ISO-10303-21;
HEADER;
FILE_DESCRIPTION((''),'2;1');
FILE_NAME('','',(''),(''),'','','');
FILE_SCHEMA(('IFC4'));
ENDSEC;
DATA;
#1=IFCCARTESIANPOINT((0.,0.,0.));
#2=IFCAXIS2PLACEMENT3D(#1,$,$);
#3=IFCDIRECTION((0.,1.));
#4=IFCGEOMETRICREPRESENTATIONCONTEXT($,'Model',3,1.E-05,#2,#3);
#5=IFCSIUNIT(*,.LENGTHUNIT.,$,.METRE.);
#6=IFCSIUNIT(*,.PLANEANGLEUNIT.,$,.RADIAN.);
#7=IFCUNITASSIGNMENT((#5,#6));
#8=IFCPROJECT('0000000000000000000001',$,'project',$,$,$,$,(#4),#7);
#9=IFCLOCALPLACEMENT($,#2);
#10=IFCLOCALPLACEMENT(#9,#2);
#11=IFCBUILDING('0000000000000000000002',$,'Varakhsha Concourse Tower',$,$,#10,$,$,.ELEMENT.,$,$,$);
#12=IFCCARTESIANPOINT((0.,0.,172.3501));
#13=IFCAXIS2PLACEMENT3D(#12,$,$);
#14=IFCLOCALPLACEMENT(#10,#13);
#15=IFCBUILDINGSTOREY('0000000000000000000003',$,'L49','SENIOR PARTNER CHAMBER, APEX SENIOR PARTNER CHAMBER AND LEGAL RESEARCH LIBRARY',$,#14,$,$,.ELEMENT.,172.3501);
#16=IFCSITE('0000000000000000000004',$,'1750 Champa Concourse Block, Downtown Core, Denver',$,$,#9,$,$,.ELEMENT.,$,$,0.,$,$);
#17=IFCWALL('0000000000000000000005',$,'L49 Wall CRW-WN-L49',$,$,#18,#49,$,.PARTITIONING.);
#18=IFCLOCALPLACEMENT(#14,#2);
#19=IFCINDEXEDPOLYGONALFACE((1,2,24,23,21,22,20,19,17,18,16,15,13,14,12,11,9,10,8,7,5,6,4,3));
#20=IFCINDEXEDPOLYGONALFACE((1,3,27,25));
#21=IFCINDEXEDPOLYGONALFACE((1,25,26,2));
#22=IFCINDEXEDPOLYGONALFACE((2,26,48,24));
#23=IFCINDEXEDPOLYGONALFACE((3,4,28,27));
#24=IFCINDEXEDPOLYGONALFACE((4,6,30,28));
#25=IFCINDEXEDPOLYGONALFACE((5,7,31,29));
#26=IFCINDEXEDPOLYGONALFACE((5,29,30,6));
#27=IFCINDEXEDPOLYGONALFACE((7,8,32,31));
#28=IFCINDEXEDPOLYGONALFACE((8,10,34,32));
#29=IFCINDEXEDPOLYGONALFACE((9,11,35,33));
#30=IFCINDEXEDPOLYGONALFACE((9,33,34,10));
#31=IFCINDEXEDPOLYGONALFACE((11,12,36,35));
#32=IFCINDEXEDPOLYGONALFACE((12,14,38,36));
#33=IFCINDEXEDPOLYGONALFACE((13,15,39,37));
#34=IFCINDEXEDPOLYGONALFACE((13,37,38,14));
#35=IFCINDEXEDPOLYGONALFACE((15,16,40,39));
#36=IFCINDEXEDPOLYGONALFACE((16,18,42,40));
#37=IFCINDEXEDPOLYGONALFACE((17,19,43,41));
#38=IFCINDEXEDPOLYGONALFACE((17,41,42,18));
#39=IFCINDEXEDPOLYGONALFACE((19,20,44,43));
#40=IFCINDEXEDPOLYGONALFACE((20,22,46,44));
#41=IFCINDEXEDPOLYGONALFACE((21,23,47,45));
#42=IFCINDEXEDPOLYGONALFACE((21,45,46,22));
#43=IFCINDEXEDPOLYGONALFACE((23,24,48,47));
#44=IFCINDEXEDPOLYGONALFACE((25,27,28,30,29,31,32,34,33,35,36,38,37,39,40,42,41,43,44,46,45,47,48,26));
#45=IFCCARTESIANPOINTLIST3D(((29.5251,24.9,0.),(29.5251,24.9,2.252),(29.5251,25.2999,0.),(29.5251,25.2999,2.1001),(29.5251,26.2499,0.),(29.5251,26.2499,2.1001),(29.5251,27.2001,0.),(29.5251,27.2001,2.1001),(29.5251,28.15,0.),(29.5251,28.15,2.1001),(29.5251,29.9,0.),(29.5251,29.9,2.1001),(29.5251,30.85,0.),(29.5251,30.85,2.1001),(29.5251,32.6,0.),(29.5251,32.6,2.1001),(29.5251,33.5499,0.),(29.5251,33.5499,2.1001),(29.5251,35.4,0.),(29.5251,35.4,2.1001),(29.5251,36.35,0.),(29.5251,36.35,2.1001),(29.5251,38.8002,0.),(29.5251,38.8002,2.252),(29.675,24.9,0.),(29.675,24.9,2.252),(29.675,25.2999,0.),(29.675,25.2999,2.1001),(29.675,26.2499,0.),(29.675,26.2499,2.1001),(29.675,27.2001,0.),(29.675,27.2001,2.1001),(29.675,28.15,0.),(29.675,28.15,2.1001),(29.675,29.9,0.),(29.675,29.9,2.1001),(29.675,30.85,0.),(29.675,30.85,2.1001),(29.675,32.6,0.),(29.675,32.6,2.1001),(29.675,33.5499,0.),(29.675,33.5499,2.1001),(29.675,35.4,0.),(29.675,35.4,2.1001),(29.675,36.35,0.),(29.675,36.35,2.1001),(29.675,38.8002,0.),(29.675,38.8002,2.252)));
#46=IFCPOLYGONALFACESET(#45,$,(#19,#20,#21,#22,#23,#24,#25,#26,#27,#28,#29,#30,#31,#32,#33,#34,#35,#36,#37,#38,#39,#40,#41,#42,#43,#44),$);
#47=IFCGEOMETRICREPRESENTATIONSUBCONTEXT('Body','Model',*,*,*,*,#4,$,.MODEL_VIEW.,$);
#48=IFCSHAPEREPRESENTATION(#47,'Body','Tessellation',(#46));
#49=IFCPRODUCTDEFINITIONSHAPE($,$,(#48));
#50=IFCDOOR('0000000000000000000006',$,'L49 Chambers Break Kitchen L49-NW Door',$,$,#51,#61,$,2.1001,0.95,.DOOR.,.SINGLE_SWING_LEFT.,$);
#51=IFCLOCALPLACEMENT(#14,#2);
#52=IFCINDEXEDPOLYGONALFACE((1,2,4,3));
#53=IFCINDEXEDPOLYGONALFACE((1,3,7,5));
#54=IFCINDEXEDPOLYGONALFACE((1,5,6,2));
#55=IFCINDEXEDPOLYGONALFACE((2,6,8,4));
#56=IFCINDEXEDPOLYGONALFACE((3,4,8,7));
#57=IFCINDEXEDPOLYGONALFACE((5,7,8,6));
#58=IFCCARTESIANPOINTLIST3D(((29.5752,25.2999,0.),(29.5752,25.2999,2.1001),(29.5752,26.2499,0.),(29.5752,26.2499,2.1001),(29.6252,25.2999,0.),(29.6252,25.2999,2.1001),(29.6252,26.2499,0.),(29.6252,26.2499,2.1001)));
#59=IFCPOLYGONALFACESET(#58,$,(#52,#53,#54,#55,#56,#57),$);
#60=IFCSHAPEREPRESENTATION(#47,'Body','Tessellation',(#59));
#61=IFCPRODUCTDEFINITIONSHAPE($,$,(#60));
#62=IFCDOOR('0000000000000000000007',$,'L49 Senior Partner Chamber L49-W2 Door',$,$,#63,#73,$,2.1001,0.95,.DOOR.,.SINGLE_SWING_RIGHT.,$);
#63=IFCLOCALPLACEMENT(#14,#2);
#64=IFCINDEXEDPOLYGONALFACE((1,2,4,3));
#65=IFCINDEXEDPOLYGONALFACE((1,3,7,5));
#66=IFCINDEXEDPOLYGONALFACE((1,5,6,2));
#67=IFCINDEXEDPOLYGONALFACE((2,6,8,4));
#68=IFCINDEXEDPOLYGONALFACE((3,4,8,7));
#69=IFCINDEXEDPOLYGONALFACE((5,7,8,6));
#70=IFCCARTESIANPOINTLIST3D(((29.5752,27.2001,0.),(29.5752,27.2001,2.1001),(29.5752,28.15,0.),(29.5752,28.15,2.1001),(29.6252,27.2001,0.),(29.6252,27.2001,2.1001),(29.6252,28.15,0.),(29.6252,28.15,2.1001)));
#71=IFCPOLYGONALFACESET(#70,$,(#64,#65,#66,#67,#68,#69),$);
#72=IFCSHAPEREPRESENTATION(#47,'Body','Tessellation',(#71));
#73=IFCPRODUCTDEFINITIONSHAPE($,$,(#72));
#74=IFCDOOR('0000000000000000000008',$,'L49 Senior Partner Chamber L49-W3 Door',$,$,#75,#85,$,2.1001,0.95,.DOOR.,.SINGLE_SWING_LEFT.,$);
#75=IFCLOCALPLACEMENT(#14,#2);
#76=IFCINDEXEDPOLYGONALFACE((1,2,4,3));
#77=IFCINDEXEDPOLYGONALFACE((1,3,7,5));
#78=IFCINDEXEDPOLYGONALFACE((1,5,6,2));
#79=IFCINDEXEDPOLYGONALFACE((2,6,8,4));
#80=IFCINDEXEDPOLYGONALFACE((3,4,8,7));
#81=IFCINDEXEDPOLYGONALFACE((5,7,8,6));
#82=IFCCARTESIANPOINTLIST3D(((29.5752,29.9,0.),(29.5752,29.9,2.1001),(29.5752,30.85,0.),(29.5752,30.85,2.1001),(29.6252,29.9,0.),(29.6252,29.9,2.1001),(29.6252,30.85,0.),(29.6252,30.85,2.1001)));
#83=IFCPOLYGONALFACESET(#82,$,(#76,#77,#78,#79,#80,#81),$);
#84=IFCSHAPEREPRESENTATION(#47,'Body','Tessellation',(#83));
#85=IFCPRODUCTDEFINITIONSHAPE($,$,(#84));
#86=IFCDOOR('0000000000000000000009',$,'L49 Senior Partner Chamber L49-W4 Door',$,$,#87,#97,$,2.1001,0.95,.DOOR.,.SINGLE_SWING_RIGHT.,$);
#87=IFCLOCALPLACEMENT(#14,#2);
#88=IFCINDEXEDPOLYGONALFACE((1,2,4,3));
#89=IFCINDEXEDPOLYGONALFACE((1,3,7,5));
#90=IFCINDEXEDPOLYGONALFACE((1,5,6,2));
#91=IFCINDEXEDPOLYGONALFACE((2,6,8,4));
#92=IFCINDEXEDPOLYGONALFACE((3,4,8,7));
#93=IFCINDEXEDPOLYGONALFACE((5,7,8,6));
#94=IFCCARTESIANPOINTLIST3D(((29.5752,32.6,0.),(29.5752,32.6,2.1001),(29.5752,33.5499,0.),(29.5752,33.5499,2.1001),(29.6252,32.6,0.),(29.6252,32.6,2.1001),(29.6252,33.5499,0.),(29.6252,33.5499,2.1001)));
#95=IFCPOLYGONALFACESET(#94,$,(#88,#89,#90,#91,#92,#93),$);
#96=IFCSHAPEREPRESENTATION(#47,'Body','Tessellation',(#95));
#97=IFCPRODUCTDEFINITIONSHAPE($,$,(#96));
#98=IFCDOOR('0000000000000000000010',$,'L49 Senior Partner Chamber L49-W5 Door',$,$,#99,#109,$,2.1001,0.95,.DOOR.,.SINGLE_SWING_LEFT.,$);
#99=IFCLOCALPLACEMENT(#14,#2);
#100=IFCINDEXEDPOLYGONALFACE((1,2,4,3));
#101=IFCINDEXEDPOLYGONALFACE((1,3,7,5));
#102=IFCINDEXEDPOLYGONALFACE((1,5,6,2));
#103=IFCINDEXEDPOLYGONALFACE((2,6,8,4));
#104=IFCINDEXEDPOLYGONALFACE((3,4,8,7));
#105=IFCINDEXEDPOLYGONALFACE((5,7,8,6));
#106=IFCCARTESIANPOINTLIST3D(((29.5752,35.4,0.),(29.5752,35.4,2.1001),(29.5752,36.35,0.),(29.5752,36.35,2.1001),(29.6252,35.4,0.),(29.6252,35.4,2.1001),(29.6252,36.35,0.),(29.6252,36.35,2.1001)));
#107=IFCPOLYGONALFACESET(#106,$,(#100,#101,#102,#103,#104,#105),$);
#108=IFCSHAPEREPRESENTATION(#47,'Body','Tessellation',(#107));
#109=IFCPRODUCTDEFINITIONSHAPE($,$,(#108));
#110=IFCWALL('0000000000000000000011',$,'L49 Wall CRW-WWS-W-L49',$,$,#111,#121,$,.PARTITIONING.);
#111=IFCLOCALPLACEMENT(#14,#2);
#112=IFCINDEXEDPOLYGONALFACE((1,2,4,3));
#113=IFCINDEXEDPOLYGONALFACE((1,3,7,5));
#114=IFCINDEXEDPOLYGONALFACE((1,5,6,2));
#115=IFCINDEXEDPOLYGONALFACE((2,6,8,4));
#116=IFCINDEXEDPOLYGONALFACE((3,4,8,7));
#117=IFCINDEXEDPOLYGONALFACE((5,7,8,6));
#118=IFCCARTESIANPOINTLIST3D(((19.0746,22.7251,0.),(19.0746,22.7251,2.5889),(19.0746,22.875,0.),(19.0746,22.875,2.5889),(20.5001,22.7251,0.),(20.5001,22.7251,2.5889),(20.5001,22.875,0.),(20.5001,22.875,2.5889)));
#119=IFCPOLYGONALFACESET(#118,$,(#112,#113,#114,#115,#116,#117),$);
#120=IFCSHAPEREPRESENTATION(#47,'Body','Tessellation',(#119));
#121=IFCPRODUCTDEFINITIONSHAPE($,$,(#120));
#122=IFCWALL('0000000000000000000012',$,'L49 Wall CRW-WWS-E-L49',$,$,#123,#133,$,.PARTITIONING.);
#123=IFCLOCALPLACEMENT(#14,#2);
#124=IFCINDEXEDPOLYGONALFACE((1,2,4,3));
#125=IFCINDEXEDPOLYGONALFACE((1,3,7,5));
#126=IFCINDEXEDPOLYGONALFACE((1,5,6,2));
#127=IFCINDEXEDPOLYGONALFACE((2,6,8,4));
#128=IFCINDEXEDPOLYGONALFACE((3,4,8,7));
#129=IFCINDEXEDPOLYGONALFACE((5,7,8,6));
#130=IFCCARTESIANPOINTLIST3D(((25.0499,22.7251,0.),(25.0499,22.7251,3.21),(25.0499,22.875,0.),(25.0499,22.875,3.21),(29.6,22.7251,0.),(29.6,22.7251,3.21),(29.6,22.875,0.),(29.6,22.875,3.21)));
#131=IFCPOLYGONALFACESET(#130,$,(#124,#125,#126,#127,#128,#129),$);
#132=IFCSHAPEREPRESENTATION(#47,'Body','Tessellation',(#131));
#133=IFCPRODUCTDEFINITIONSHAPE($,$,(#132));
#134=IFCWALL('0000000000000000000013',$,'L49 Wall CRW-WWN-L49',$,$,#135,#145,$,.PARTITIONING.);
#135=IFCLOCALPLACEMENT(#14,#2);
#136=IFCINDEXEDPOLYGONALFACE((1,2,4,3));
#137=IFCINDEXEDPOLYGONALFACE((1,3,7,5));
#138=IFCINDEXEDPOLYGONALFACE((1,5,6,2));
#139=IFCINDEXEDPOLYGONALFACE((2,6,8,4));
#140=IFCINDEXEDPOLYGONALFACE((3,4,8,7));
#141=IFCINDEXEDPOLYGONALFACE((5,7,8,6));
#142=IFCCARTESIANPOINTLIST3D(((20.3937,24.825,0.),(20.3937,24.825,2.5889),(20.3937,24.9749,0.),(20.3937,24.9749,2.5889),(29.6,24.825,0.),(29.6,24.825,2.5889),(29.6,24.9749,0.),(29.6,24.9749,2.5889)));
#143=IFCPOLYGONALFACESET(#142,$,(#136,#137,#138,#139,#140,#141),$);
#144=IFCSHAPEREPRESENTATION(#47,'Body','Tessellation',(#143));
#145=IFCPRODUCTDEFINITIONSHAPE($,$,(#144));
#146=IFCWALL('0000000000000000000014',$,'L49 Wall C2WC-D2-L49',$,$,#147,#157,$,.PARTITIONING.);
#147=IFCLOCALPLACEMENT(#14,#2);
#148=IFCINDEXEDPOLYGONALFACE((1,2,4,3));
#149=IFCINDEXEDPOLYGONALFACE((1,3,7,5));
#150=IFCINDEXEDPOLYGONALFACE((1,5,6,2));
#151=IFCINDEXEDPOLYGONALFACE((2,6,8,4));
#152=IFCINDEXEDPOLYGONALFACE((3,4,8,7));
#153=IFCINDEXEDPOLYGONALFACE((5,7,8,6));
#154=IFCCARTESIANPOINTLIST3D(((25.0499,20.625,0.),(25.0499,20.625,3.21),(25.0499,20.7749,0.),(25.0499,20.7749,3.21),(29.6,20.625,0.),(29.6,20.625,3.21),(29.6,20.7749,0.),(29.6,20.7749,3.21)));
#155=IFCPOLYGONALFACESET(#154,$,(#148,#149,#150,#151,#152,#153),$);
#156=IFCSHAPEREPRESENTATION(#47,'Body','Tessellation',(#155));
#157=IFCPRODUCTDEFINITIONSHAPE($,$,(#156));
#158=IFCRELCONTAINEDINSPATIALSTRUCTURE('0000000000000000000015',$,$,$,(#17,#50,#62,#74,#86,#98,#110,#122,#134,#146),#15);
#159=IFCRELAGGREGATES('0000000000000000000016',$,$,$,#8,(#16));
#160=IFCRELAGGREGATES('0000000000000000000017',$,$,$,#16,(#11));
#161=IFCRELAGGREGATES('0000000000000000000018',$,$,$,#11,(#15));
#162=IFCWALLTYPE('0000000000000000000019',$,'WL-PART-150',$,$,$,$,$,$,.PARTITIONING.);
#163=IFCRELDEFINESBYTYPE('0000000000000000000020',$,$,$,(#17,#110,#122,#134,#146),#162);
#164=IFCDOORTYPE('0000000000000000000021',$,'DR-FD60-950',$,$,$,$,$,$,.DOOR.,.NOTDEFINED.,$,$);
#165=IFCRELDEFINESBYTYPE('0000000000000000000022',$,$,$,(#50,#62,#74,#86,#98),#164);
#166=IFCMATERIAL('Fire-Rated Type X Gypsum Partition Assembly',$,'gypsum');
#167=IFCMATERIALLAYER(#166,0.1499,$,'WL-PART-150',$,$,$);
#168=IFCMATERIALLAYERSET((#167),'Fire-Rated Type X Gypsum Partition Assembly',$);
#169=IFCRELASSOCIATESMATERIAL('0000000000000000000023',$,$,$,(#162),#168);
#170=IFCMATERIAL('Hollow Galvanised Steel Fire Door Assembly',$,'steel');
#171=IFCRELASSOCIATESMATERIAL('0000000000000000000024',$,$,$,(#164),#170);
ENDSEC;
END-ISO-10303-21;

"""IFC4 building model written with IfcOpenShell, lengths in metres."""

from ifc_helpers import new_model, si_unit, direction, frame, frame_2d, origin, place, context, subcontext, project, spatial, rectangle, extrude, material, layer, layer_set, type_object, element, fill, save


model = new_model("IFC4")

# Units and contexts
model_context = context("Model", 3, precision=1e-05, world=origin(), true_north=direction((0.0, 1.0)))
body_context = subcontext(model_context, "Body", "Model", "MODEL_VIEW")
ifc_project = project(units=[si_unit("LENGTHUNIT", "METRE"), si_unit("PLANEANGLEUNIT", "RADIAN")], contexts=[model_context])

# Site, building, storey
site_placement = place(None, origin())
site = spatial("IfcSite", under=ifc_project, at=site_placement, Name="1750 Champa Concourse Block, Downtown Core, Denver", CompositionType="ELEMENT", RefElevation=0.0)
building_placement = place(site_placement, origin())
building = spatial("IfcBuilding", under=site, at=building_placement, Name="Varakhsha Concourse Tower", CompositionType="ELEMENT")
storey_placement = place(building_placement, frame((0.0, 0.0, 172.3501)))
storey = spatial("IfcBuildingStorey", under=building, at=storey_placement, Name="L49", Description="SENIOR PARTNER CHAMBER, APEX SENIOR PARTNER CHAMBER AND LEGAL RESEARCH LIBRARY", CompositionType="ELEMENT", Elevation=172.3501)

# Wall, openings, doors
ifc_material_1 = material(Name="Fire-Rated Type X Gypsum Partition Assembly", Category="gypsum")
ifc_layer_1 = layer(ifc_material_1, 0.1499, Name="WL-PART-150")
ifc_layer_set_1 = layer_set([ifc_layer_1], Name="Fire-Rated Type X Gypsum Partition Assembly")
wall_type_1 = type_object("IfcWallType", Name="WL-PART-150", PredefinedType="PARTITIONING", material=ifc_layer_set_1)
wall_1_placement = place(storey_placement, frame((29.6001, 24.8999, 0.0), z_axis=(0.0, 0.0, 1.0), x_axis=(0.0, 1.0, 0.0)))
wall_1 = element("IfcWall", 1, at=wall_1_placement, inside=storey, type_object=wall_type_1, Name="L49 Wall CRW-WN-L49", PredefinedType="PARTITIONING", context=body_context, shape_type="SweptSolid", body=[
    extrude(rectangle(XDim=13.9001, YDim=0.1499, at=frame_2d((6.9502, 0.0))), origin(), (0.0, 0.0, 1.0), 2.252),
])
opening_1_placement = place(wall_1_placement, frame((0.3999, 0.0, 0.0)))
opening_1 = element("IfcOpeningElement", 2, at=opening_1_placement, cuts=wall_1, PredefinedType="OPENING", context=body_context, shape_type="SweptSolid", body=[
    extrude(rectangle(XDim=0.95, YDim=2.1001, at=frame_2d((0.4751, 1.05))), frame((0.0, 0.085, 0.0), z_axis=(0.0, -1.0, 0.0), x_axis=(1.0, 0.0, 0.0)), (0.0, 0.0, 1.0), 0.1699),
])
opening_2_placement = place(wall_1_placement, frame((2.3, 0.0, 0.0)))
opening_2 = element("IfcOpeningElement", 3, at=opening_2_placement, cuts=wall_1, PredefinedType="OPENING", context=body_context, shape_type="SweptSolid", body=[
    extrude(rectangle(XDim=0.95, YDim=2.1001, at=frame_2d((0.4751, 1.05))), frame((0.0, 0.085, 0.0), z_axis=(0.0, -1.0, 0.0), x_axis=(1.0, 0.0, 0.0)), (0.0, 0.0, 1.0), 0.1699),
])
opening_3_placement = place(wall_1_placement, frame((5.0, 0.0, 0.0)))
opening_3 = element("IfcOpeningElement", 4, at=opening_3_placement, cuts=wall_1, PredefinedType="OPENING", context=body_context, shape_type="SweptSolid", body=[
    extrude(rectangle(XDim=0.95, YDim=2.1001, at=frame_2d((0.4751, 1.05))), frame((0.0, 0.085, 0.0), z_axis=(0.0, -1.0, 0.0), x_axis=(1.0, 0.0, 0.0)), (0.0, 0.0, 1.0), 0.1699),
])
opening_4_placement = place(wall_1_placement, frame((7.7, 0.0, 0.0)))
opening_4 = element("IfcOpeningElement", 5, at=opening_4_placement, cuts=wall_1, PredefinedType="OPENING", context=body_context, shape_type="SweptSolid", body=[
    extrude(rectangle(XDim=0.95, YDim=2.1001, at=frame_2d((0.4751, 1.05))), frame((0.0, 0.085, 0.0), z_axis=(0.0, -1.0, 0.0), x_axis=(1.0, 0.0, 0.0)), (0.0, 0.0, 1.0), 0.1699),
])
opening_5_placement = place(wall_1_placement, frame((10.5, 0.0, 0.0)))
opening_5 = element("IfcOpeningElement", 6, at=opening_5_placement, cuts=wall_1, PredefinedType="OPENING", context=body_context, shape_type="SweptSolid", body=[
    extrude(rectangle(XDim=0.95, YDim=2.1001, at=frame_2d((0.4751, 1.05))), frame((0.0, 0.085, 0.0), z_axis=(0.0, -1.0, 0.0), x_axis=(1.0, 0.0, 0.0)), (0.0, 0.0, 1.0), 0.1699),
])
ifc_material_2 = material(Name="Hollow Galvanised Steel Fire Door Assembly", Category="steel")
door_type_1 = type_object("IfcDoorType", Name="DR-FD60-950", OperationType="NOTDEFINED", PredefinedType="DOOR", material=ifc_material_2)
door_1_placement = place(opening_1_placement, origin())
door_1 = element("IfcDoor", 7, at=door_1_placement, inside=storey, type_object=door_type_1, Name="L49 Chambers Break Kitchen L49-NW Door", OperationType="SINGLE_SWING_LEFT", OverallHeight=2.1001, OverallWidth=0.95, PredefinedType="DOOR", context=body_context, shape_type="SweptSolid", body=[
    extrude(rectangle(XDim=0.95, YDim=2.1001, at=frame_2d((0.4751, 1.05))), frame((0.0, 0.0249, 0.0), z_axis=(0.0, -1.0, 0.0), x_axis=(1.0, 0.0, 0.0)), (0.0, 0.0, 1.0), 0.05),
])
fill(opening_1, door_1)
door_2_placement = place(opening_2_placement, origin())
door_2 = element("IfcDoor", 8, at=door_2_placement, inside=storey, type_object=door_type_1, Name="L49 Senior Partner Chamber L49-W2 Door", OperationType="SINGLE_SWING_RIGHT", OverallHeight=2.1001, OverallWidth=0.95, PredefinedType="DOOR", context=body_context, shape_type="SweptSolid", body=[
    extrude(rectangle(XDim=0.95, YDim=2.1001, at=frame_2d((0.4751, 1.05))), frame((0.0, 0.0249, 0.0), z_axis=(0.0, -1.0, 0.0), x_axis=(1.0, 0.0, 0.0)), (0.0, 0.0, 1.0), 0.05),
])
fill(opening_2, door_2)
door_3_placement = place(opening_3_placement, origin())
door_3 = element("IfcDoor", 9, at=door_3_placement, inside=storey, type_object=door_type_1, Name="L49 Senior Partner Chamber L49-W3 Door", OperationType="SINGLE_SWING_LEFT", OverallHeight=2.1001, OverallWidth=0.95, PredefinedType="DOOR", context=body_context, shape_type="SweptSolid", body=[
    extrude(rectangle(XDim=0.95, YDim=2.1001, at=frame_2d((0.4751, 1.05))), frame((0.0, 0.0249, 0.0), z_axis=(0.0, -1.0, 0.0), x_axis=(1.0, 0.0, 0.0)), (0.0, 0.0, 1.0), 0.05),
])
fill(opening_3, door_3)
door_4_placement = place(opening_4_placement, origin())
door_4 = element("IfcDoor", 10, at=door_4_placement, inside=storey, type_object=door_type_1, Name="L49 Senior Partner Chamber L49-W4 Door", OperationType="SINGLE_SWING_RIGHT", OverallHeight=2.1001, OverallWidth=0.95, PredefinedType="DOOR", context=body_context, shape_type="SweptSolid", body=[
    extrude(rectangle(XDim=0.95, YDim=2.1001, at=frame_2d((0.4751, 1.05))), frame((0.0, 0.0249, 0.0), z_axis=(0.0, -1.0, 0.0), x_axis=(1.0, 0.0, 0.0)), (0.0, 0.0, 1.0), 0.05),
])
fill(opening_4, door_4)
door_5_placement = place(opening_5_placement, origin())
door_5 = element("IfcDoor", 11, at=door_5_placement, inside=storey, type_object=door_type_1, Name="L49 Senior Partner Chamber L49-W5 Door", OperationType="SINGLE_SWING_LEFT", OverallHeight=2.1001, OverallWidth=0.95, PredefinedType="DOOR", context=body_context, shape_type="SweptSolid", body=[
    extrude(rectangle(XDim=0.95, YDim=2.1001, at=frame_2d((0.4751, 1.05))), frame((0.0, 0.0249, 0.0), z_axis=(0.0, -1.0, 0.0), x_axis=(1.0, 0.0, 0.0)), (0.0, 0.0, 1.0), 0.05),
])
fill(opening_5, door_5)

# Walls
wall_2_placement = place(storey_placement, frame((19.0745, 22.8, 0.0), z_axis=(0.0, 0.0, 1.0), x_axis=(1.0, 0.0, 0.0)))
element("IfcWall", 12, at=wall_2_placement, inside=storey, type_object=wall_type_1, Name="L49 Wall CRW-WWS-W-L49", PredefinedType="PARTITIONING", context=body_context, shape_type="SweptSolid", body=[
    extrude(rectangle(XDim=1.4255, YDim=0.1499, at=frame_2d((0.7129, 0.0))), origin(), (0.0, 0.0, 1.0), 2.5889),
])
wall_3_placement = place(storey_placement, frame((25.05, 22.8, 0.0), z_axis=(0.0, 0.0, 1.0), x_axis=(1.0, 0.0, 0.0)))
element("IfcWall", 13, at=wall_3_placement, inside=storey, type_object=wall_type_1, Name="L49 Wall CRW-WWS-E-L49", PredefinedType="PARTITIONING", context=body_context, shape_type="SweptSolid", body=[
    extrude(rectangle(XDim=4.55, YDim=0.1499, at=frame_2d((2.2749, 0.0))), origin(), (0.0, 0.0, 1.0), 3.21),
])
wall_4_placement = place(storey_placement, frame((20.3938, 24.8999, 0.0), z_axis=(0.0, 0.0, 1.0), x_axis=(1.0, 0.0, 0.0)))
element("IfcWall", 14, at=wall_4_placement, inside=storey, type_object=wall_type_1, Name="L49 Wall CRW-WWN-L49", PredefinedType="PARTITIONING", context=body_context, shape_type="SweptSolid", body=[
    extrude(rectangle(XDim=9.2063, YDim=0.1499, at=frame_2d((4.603, 0.0))), origin(), (0.0, 0.0, 1.0), 2.5889),
])
wall_5_placement = place(storey_placement, frame((25.05, 20.7, 0.0), z_axis=(0.0, 0.0, 1.0), x_axis=(1.0, 0.0, 0.0)))
element("IfcWall", 15, at=wall_5_placement, inside=storey, type_object=wall_type_1, Name="L49 Wall C2WC-D2-L49", PredefinedType="PARTITIONING", context=body_context, shape_type="SweptSolid", body=[
    extrude(rectangle(XDim=4.55, YDim=0.1499, at=frame_2d((2.2749, 0.0))), origin(), (0.0, 0.0, 1.0), 3.21),
])

save(model, "model.ifc")
